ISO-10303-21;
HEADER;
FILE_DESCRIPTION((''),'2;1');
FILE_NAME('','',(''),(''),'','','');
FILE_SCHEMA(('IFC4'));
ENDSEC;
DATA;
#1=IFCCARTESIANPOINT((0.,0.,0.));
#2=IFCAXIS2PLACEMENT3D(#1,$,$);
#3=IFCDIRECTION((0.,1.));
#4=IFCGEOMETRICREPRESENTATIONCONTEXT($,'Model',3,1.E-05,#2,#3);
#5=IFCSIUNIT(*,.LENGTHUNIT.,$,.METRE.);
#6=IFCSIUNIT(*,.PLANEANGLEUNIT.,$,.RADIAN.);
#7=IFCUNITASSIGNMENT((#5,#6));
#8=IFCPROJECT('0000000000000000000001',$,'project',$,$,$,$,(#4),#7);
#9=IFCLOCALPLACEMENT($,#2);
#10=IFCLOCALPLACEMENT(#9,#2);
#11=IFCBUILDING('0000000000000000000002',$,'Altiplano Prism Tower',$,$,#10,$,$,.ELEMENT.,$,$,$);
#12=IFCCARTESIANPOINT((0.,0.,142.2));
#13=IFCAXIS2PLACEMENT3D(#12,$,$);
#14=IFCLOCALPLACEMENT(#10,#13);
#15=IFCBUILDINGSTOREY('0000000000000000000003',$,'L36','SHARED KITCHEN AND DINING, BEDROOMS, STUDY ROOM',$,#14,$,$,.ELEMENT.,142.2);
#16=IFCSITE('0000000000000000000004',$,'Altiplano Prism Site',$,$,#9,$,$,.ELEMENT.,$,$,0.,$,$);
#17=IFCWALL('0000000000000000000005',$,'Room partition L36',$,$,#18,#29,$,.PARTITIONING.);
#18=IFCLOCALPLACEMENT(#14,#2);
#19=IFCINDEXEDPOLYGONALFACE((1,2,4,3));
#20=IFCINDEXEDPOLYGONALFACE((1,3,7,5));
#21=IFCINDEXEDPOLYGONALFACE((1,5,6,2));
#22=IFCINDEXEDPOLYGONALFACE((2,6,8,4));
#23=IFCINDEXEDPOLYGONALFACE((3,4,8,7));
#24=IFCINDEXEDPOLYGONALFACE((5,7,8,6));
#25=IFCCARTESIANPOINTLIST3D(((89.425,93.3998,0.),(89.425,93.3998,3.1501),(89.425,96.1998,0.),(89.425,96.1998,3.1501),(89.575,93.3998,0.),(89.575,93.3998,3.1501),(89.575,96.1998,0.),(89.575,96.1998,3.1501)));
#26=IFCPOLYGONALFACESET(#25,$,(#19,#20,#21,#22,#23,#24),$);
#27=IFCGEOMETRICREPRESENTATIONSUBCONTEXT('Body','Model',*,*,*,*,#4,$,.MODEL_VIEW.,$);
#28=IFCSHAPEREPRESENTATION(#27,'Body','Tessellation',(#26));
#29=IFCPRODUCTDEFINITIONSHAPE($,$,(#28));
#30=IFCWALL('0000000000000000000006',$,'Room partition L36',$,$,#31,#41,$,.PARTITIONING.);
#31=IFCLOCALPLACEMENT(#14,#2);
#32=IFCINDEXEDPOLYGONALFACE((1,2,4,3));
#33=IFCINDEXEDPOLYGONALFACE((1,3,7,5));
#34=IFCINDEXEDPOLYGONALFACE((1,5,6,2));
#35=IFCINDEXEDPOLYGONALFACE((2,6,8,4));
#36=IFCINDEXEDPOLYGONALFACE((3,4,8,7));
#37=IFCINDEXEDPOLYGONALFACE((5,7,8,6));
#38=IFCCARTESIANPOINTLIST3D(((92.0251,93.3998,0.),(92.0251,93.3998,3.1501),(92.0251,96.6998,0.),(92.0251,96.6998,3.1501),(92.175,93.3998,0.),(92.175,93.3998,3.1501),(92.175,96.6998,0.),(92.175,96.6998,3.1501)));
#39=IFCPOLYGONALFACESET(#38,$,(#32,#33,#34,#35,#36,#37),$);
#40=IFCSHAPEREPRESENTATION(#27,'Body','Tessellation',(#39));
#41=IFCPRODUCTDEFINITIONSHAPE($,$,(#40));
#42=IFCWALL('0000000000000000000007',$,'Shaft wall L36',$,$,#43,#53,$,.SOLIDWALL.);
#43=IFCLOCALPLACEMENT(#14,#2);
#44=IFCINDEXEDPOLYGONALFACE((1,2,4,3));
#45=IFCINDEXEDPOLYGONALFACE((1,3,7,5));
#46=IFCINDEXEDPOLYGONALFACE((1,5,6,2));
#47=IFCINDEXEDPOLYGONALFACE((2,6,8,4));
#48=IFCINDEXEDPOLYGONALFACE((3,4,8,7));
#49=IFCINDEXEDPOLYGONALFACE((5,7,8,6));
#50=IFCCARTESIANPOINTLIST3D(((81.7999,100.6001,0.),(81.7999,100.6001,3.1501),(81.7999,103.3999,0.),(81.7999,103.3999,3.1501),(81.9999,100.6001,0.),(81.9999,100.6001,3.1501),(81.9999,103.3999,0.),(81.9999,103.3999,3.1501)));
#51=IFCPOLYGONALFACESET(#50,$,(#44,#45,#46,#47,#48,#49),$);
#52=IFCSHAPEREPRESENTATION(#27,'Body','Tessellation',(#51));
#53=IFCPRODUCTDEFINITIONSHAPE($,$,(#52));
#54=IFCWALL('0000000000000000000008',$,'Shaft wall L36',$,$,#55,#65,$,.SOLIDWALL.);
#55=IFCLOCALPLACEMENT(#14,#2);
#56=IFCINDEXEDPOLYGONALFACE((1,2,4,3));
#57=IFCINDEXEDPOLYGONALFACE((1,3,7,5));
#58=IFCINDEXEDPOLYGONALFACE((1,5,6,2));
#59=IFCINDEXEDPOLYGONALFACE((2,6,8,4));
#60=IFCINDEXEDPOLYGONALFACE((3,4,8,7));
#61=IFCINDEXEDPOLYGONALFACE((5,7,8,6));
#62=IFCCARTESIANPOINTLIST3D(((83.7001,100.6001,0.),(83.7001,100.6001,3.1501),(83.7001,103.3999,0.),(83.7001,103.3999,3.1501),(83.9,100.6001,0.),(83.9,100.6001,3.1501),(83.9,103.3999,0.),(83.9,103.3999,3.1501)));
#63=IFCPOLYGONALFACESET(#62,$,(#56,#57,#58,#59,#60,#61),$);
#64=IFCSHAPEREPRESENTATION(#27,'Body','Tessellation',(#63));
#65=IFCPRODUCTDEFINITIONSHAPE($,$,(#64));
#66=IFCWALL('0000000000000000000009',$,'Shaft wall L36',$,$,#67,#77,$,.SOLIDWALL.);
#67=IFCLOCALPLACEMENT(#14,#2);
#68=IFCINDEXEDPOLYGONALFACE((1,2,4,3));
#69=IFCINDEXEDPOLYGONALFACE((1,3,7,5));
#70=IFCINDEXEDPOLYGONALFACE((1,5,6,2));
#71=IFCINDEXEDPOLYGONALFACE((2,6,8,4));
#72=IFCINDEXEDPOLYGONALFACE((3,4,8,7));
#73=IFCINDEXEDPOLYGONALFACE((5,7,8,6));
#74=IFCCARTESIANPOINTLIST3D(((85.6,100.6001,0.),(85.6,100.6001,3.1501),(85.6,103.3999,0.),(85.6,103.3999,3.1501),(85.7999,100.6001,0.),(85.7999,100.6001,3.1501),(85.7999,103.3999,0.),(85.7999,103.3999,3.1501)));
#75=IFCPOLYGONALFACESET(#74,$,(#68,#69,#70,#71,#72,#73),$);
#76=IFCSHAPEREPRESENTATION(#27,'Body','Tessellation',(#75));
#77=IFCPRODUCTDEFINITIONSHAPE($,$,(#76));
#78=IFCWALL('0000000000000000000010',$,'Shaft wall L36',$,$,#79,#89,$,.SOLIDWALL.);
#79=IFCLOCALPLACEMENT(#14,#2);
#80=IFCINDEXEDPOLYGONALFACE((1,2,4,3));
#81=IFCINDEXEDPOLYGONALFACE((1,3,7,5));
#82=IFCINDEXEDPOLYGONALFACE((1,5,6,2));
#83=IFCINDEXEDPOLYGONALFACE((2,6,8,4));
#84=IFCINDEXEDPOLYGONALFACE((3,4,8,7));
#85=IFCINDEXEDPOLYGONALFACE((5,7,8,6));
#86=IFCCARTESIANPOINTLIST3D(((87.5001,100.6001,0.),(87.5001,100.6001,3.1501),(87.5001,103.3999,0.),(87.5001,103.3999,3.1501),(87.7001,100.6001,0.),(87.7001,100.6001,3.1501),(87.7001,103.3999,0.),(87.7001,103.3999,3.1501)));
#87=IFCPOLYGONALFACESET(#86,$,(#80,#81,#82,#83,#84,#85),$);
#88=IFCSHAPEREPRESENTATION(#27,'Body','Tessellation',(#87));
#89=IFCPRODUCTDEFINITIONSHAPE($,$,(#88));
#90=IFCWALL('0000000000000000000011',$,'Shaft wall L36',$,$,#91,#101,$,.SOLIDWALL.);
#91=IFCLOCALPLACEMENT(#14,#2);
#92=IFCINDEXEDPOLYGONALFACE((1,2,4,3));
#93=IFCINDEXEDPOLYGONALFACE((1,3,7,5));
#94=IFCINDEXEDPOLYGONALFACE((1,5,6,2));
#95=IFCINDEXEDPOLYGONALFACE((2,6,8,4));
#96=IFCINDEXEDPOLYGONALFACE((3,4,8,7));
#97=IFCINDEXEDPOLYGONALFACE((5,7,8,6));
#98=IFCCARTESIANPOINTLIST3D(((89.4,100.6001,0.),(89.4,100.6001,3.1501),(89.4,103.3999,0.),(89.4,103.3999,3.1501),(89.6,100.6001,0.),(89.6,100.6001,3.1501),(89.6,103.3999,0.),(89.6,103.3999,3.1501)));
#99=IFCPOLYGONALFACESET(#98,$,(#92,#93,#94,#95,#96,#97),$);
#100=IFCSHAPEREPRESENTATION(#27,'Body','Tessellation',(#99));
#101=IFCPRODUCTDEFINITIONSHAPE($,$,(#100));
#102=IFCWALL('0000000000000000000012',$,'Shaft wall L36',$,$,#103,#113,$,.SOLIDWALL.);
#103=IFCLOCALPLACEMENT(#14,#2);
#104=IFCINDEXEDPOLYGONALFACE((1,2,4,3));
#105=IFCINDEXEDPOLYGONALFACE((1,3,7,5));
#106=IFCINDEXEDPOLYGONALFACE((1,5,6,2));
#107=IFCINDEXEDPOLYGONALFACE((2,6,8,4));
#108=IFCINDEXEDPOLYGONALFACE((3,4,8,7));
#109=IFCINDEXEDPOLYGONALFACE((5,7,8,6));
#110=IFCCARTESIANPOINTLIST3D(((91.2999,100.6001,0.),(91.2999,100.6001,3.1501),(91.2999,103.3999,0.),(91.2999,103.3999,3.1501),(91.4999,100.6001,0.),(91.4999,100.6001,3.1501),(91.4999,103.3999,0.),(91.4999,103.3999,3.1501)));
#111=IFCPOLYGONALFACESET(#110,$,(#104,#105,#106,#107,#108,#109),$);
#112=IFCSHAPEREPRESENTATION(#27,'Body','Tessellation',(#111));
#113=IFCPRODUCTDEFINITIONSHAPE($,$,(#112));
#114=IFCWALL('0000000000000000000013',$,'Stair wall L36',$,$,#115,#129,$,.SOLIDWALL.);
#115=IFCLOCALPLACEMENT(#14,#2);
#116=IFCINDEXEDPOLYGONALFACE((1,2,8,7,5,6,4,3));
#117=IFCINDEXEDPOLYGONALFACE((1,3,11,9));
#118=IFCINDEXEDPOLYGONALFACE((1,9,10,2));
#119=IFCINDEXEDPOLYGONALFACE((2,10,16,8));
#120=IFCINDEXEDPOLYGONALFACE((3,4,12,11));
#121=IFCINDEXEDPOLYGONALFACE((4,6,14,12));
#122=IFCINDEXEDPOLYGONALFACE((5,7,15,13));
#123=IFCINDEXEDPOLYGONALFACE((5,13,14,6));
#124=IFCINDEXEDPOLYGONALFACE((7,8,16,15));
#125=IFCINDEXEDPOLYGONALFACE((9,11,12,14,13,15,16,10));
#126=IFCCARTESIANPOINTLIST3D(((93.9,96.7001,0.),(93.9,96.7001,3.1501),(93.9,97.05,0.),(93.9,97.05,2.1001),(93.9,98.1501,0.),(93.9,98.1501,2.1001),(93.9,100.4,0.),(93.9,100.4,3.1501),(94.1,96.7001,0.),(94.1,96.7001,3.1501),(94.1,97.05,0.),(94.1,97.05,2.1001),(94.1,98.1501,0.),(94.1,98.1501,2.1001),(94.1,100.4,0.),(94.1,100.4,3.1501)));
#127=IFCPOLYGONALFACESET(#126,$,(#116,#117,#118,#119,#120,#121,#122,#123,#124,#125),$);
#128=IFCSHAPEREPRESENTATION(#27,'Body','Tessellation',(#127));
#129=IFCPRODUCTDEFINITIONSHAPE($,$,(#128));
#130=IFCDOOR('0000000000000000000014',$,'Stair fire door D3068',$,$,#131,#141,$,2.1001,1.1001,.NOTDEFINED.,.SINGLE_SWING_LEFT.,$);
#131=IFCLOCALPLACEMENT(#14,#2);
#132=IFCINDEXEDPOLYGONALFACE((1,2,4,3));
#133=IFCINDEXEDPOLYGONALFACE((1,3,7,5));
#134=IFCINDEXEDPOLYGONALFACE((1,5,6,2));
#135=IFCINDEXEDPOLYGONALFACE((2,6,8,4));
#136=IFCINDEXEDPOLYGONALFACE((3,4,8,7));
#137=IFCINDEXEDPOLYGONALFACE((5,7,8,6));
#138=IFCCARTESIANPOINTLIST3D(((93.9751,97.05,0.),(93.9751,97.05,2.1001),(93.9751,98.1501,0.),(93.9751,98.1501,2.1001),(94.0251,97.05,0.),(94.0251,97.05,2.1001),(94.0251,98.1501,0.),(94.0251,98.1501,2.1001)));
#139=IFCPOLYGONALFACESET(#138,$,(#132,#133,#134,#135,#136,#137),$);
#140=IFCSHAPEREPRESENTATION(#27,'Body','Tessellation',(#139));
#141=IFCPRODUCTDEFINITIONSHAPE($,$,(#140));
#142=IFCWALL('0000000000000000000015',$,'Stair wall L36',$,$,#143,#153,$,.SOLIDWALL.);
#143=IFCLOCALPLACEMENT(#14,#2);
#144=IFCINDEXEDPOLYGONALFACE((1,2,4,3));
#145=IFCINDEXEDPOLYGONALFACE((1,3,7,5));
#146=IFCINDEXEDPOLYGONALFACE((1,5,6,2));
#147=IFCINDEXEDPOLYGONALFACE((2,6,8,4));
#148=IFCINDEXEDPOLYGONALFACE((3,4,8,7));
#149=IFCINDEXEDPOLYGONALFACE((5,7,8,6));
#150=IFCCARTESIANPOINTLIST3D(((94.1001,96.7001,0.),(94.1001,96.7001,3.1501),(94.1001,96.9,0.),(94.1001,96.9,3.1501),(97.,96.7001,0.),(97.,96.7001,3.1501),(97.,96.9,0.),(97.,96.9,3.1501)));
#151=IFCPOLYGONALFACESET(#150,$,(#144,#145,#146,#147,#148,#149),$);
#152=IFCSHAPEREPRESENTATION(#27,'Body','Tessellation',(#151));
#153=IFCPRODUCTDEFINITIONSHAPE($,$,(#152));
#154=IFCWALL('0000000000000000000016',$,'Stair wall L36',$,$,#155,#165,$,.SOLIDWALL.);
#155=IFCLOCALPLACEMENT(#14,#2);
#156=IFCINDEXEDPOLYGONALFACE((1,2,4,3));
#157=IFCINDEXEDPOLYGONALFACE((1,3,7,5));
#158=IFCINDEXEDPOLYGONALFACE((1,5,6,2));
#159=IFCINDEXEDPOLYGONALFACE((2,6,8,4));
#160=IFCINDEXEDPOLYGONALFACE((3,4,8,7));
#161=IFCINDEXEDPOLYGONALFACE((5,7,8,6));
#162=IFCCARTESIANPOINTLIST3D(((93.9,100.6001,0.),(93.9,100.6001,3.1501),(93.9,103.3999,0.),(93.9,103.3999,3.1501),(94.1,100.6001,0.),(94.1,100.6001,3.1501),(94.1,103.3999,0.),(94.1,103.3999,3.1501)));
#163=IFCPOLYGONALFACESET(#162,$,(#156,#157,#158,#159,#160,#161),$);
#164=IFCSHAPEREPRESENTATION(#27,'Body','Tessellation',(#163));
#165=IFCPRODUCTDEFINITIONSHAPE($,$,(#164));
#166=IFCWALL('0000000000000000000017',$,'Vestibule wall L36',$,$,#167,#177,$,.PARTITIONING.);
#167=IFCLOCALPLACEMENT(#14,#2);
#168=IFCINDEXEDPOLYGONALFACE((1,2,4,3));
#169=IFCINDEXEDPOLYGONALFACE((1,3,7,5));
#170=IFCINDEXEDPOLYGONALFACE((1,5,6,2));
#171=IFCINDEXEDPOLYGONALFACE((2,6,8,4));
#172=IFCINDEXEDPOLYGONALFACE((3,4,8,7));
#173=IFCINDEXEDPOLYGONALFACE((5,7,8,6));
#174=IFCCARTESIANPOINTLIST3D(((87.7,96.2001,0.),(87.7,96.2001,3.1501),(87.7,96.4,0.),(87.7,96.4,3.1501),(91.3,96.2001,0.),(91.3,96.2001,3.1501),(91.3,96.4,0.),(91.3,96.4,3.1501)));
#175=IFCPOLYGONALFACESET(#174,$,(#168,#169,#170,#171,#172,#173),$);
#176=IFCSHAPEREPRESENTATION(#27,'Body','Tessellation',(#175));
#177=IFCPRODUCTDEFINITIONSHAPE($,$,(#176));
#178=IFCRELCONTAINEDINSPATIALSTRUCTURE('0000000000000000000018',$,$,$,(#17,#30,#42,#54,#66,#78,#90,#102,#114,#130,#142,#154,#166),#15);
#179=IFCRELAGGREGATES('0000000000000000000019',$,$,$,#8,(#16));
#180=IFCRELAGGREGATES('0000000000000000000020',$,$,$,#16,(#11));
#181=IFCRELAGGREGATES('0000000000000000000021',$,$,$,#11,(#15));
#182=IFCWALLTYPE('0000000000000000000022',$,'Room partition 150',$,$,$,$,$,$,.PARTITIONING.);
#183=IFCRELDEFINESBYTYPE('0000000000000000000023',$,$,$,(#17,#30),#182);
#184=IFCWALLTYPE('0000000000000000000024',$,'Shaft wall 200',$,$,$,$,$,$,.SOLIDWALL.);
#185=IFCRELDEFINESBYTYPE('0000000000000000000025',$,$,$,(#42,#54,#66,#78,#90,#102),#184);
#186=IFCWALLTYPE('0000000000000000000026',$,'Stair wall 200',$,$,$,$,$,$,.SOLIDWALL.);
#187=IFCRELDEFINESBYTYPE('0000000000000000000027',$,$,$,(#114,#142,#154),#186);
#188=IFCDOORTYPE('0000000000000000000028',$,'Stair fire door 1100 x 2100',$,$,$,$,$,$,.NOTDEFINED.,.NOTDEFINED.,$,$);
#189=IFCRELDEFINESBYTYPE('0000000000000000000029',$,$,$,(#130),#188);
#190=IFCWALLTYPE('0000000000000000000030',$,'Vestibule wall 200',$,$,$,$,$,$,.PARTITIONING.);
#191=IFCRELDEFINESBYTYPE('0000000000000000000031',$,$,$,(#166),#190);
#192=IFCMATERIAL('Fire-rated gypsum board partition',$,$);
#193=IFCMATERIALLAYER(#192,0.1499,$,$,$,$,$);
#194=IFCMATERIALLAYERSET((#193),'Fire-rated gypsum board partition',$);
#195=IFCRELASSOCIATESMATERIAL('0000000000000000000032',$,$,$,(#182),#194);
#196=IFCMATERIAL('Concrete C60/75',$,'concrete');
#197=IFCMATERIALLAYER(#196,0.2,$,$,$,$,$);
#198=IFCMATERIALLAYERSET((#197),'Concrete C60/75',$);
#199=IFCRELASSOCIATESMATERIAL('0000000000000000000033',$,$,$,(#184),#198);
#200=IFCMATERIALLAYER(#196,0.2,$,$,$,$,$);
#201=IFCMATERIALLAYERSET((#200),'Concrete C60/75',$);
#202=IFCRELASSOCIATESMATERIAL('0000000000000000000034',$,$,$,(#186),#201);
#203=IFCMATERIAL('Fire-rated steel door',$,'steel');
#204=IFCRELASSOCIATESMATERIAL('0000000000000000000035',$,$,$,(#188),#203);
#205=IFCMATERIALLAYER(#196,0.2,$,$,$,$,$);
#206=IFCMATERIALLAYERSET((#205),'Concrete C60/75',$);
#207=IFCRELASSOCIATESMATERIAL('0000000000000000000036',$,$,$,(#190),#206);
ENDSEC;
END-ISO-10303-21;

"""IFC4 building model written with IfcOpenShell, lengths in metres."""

from ifc_helpers import new_model, si_unit, direction, frame, frame_2d, origin, place, context, subcontext, project, spatial, rectangle, extrude, material, layer, layer_set, type_object, element, fill, save


model = new_model("IFC4")

# Units and contexts
model_context = context("Model", 3, precision=1e-05, world=origin(), true_north=direction((0.0, 1.0)))
body_context = subcontext(model_context, "Body", "Model", "MODEL_VIEW")
ifc_project = project(units=[si_unit("LENGTHUNIT", "METRE"), si_unit("PLANEANGLEUNIT", "RADIAN")], contexts=[model_context])

# Site, building, storey
site_placement = place(None, origin())
site = spatial("IfcSite", under=ifc_project, at=site_placement, Name="Altiplano Prism Site", CompositionType="ELEMENT", RefElevation=0.0)
building_placement = place(site_placement, origin())
building = spatial("IfcBuilding", under=site, at=building_placement, Name="Altiplano Prism Tower", CompositionType="ELEMENT")
storey_placement = place(building_placement, frame((0.0, 0.0, 142.2)))
storey = spatial("IfcBuildingStorey", under=building, at=storey_placement, Name="L36", Description="SHARED KITCHEN AND DINING, BEDROOMS, STUDY ROOM", CompositionType="ELEMENT", Elevation=142.2)

# Walls
ifc_material_1 = material(Name="Fire-rated gypsum board partition")
ifc_layer_1 = layer(ifc_material_1, 0.1499)
ifc_layer_set_1 = layer_set([ifc_layer_1], Name="Fire-rated gypsum board partition")
wall_type_1 = type_object("IfcWallType", Name="Room partition 150", PredefinedType="PARTITIONING", material=ifc_layer_set_1)
wall_1_placement = place(storey_placement, frame((89.5, 93.3999, 0.0), z_axis=(0.0, 0.0, 1.0), x_axis=(0.0, 1.0, 0.0)))
element("IfcWall", 1, at=wall_1_placement, inside=storey, type_object=wall_type_1, Name="Room partition L36", PredefinedType="PARTITIONING", context=body_context, shape_type="SweptSolid", body=[
    extrude(rectangle(XDim=2.8, YDim=0.1499, at=frame_2d((1.3999, 0.0))), origin(), (0.0, 0.0, 1.0), 3.1501),
])
wall_2_placement = place(storey_placement, frame((92.1001, 93.3999, 0.0), z_axis=(0.0, 0.0, 1.0), x_axis=(0.0, 1.0, 0.0)))
element("IfcWall", 2, at=wall_2_placement, inside=storey, type_object=wall_type_1, Name="Room partition L36", PredefinedType="PARTITIONING", context=body_context, shape_type="SweptSolid", body=[
    extrude(rectangle(XDim=3.3, YDim=0.1499, at=frame_2d((1.6499, 0.0))), origin(), (0.0, 0.0, 1.0), 3.1501),
])
ifc_material_2 = material(Name="Concrete C60/75", Category="concrete")
ifc_layer_2 = layer(ifc_material_2, 0.2)
ifc_layer_set_2 = layer_set([ifc_layer_2], Name="Concrete C60/75")
wall_type_2 = type_object("IfcWallType", Name="Shaft wall 200", PredefinedType="SOLIDWALL", material=ifc_layer_set_2)
for number, where, z_axis, x_axis, name in (
    (3, (81.8999, 100.6001, 0.0), (0.0, 0.0, 1.0), (0.0, 1.0, 0.0), "Shaft wall L36"),
    (4, (83.8, 100.6001, 0.0), (0.0, 0.0, 1.0), (0.0, 1.0, 0.0), "Shaft wall L36"),
    (5, (85.7, 100.6001, 0.0), (0.0, 0.0, 1.0), (0.0, 1.0, 0.0), "Shaft wall L36"),
    (6, (87.6001, 100.6001, 0.0), (0.0, 0.0, 1.0), (0.0, 1.0, 0.0), "Shaft wall L36"),
    (7, (89.5, 100.6001, 0.0), (0.0, 0.0, 1.0), (0.0, 1.0, 0.0), "Shaft wall L36"),
    (8, (91.3999, 100.6001, 0.0), (0.0, 0.0, 1.0), (0.0, 1.0, 0.0), "Shaft wall L36"),
):
    element("IfcWall", number, at=place(storey_placement, frame(where, z_axis=z_axis, x_axis=x_axis)), inside=storey, type_object=wall_type_2, Name=name, PredefinedType="SOLIDWALL", context=body_context, shape_type="SweptSolid", body=[
        extrude(rectangle(XDim=2.7998, YDim=0.2, at=frame_2d((1.3999, 0.0))), origin(), (0.0, 0.0, 1.0), 3.1501),
    ])

# Wall, opening, door
ifc_layer_3 = layer(ifc_material_2, 0.2)
ifc_layer_set_3 = layer_set([ifc_layer_3], Name="Concrete C60/75")
wall_type_3 = type_object("IfcWallType", Name="Stair wall 200", PredefinedType="SOLIDWALL", material=ifc_layer_set_3)
wall_3_placement = place(storey_placement, frame((94.0, 96.7, 0.0), z_axis=(0.0, 0.0, 1.0), x_axis=(0.0, 1.0, 0.0)))
wall_3 = element("IfcWall", 9, at=wall_3_placement, inside=storey, type_object=wall_type_3, Name="Stair wall L36", PredefinedType="SOLIDWALL", context=body_context, shape_type="SweptSolid", body=[
    extrude(rectangle(XDim=3.7, YDim=0.2, at=frame_2d((1.8501, 0.0))), origin(), (0.0, 0.0, 1.0), 3.1501),
])
opening_1_placement = place(wall_3_placement, frame((0.3501, 0.0, 0.0)))
opening_1 = element("IfcOpeningElement", 10, at=opening_1_placement, cuts=wall_3, PredefinedType="OPENING", context=body_context, shape_type="SweptSolid", body=[
    extrude(rectangle(XDim=1.1001, YDim=2.1001, at=frame_2d((0.55, 1.05))), frame((0.0, 0.1104, 0.0), z_axis=(0.0, -1.0, 0.0), x_axis=(1.0, 0.0, 0.0)), (0.0, 0.0, 1.0), 0.2209),
])
ifc_material_3 = material(Name="Fire-rated steel door", Category="steel")
door_type_1 = type_object("IfcDoorType", Name="Stair fire door 1100 x 2100", OperationType="NOTDEFINED", PredefinedType="NOTDEFINED", material=ifc_material_3)
door_1_placement = place(opening_1_placement, origin())
door_1 = element("IfcDoor", 11, at=door_1_placement, inside=storey, type_object=door_type_1, Name="Stair fire door D3068", OperationType="SINGLE_SWING_LEFT", OverallHeight=2.1001, OverallWidth=1.1001, PredefinedType="NOTDEFINED", context=body_context, shape_type="SweptSolid", body=[
    extrude(rectangle(XDim=1.1001, YDim=2.1001, at=frame_2d((0.55, 1.05))), frame((0.0, 0.0249, 0.0), z_axis=(0.0, -1.0, 0.0), x_axis=(1.0, 0.0, 0.0)), (0.0, 0.0, 1.0), 0.05),
])
fill(opening_1, door_1)

# Walls
wall_4_placement = place(storey_placement, frame((94.1001, 96.8, 0.0), z_axis=(0.0, 0.0, 1.0), x_axis=(1.0, 0.0, 0.0)))
element("IfcWall", 12, at=wall_4_placement, inside=storey, type_object=wall_type_3, Name="Stair wall L36", PredefinedType="SOLIDWALL", context=body_context, shape_type="SweptSolid", body=[
    extrude(rectangle(XDim=2.8999, YDim=0.2, at=frame_2d((1.45, 0.0))), origin(), (0.0, 0.0, 1.0), 3.1501),
])
wall_5_placement = place(storey_placement, frame((94.0, 100.6001, 0.0), z_axis=(0.0, 0.0, 1.0), x_axis=(0.0, 1.0, 0.0)))
element("IfcWall", 13, at=wall_5_placement, inside=storey, type_object=wall_type_3, Name="Stair wall L36", PredefinedType="SOLIDWALL", context=body_context, shape_type="SweptSolid", body=[
    extrude(rectangle(XDim=2.7998, YDim=0.2, at=frame_2d((1.3999, 0.0))), origin(), (0.0, 0.0, 1.0), 3.1501),
])
ifc_layer_4 = layer(ifc_material_2, 0.2)
ifc_layer_set_4 = layer_set([ifc_layer_4], Name="Concrete C60/75")
wall_type_4 = type_object("IfcWallType", Name="Vestibule wall 200", PredefinedType="PARTITIONING", material=ifc_layer_set_4)
wall_6_placement = place(storey_placement, frame((87.7, 96.3, 0.0), z_axis=(0.0, 0.0, 1.0), x_axis=(1.0, 0.0, 0.0)))
element("IfcWall", 14, at=wall_6_placement, inside=storey, type_object=wall_type_4, Name="Vestibule wall L36", PredefinedType="PARTITIONING", context=body_context, shape_type="SweptSolid", body=[
    extrude(rectangle(XDim=3.6001, YDim=0.2, at=frame_2d((1.8, 0.0))), origin(), (0.0, 0.0, 1.0), 3.1501),
])

save(model, "model.ifc")
